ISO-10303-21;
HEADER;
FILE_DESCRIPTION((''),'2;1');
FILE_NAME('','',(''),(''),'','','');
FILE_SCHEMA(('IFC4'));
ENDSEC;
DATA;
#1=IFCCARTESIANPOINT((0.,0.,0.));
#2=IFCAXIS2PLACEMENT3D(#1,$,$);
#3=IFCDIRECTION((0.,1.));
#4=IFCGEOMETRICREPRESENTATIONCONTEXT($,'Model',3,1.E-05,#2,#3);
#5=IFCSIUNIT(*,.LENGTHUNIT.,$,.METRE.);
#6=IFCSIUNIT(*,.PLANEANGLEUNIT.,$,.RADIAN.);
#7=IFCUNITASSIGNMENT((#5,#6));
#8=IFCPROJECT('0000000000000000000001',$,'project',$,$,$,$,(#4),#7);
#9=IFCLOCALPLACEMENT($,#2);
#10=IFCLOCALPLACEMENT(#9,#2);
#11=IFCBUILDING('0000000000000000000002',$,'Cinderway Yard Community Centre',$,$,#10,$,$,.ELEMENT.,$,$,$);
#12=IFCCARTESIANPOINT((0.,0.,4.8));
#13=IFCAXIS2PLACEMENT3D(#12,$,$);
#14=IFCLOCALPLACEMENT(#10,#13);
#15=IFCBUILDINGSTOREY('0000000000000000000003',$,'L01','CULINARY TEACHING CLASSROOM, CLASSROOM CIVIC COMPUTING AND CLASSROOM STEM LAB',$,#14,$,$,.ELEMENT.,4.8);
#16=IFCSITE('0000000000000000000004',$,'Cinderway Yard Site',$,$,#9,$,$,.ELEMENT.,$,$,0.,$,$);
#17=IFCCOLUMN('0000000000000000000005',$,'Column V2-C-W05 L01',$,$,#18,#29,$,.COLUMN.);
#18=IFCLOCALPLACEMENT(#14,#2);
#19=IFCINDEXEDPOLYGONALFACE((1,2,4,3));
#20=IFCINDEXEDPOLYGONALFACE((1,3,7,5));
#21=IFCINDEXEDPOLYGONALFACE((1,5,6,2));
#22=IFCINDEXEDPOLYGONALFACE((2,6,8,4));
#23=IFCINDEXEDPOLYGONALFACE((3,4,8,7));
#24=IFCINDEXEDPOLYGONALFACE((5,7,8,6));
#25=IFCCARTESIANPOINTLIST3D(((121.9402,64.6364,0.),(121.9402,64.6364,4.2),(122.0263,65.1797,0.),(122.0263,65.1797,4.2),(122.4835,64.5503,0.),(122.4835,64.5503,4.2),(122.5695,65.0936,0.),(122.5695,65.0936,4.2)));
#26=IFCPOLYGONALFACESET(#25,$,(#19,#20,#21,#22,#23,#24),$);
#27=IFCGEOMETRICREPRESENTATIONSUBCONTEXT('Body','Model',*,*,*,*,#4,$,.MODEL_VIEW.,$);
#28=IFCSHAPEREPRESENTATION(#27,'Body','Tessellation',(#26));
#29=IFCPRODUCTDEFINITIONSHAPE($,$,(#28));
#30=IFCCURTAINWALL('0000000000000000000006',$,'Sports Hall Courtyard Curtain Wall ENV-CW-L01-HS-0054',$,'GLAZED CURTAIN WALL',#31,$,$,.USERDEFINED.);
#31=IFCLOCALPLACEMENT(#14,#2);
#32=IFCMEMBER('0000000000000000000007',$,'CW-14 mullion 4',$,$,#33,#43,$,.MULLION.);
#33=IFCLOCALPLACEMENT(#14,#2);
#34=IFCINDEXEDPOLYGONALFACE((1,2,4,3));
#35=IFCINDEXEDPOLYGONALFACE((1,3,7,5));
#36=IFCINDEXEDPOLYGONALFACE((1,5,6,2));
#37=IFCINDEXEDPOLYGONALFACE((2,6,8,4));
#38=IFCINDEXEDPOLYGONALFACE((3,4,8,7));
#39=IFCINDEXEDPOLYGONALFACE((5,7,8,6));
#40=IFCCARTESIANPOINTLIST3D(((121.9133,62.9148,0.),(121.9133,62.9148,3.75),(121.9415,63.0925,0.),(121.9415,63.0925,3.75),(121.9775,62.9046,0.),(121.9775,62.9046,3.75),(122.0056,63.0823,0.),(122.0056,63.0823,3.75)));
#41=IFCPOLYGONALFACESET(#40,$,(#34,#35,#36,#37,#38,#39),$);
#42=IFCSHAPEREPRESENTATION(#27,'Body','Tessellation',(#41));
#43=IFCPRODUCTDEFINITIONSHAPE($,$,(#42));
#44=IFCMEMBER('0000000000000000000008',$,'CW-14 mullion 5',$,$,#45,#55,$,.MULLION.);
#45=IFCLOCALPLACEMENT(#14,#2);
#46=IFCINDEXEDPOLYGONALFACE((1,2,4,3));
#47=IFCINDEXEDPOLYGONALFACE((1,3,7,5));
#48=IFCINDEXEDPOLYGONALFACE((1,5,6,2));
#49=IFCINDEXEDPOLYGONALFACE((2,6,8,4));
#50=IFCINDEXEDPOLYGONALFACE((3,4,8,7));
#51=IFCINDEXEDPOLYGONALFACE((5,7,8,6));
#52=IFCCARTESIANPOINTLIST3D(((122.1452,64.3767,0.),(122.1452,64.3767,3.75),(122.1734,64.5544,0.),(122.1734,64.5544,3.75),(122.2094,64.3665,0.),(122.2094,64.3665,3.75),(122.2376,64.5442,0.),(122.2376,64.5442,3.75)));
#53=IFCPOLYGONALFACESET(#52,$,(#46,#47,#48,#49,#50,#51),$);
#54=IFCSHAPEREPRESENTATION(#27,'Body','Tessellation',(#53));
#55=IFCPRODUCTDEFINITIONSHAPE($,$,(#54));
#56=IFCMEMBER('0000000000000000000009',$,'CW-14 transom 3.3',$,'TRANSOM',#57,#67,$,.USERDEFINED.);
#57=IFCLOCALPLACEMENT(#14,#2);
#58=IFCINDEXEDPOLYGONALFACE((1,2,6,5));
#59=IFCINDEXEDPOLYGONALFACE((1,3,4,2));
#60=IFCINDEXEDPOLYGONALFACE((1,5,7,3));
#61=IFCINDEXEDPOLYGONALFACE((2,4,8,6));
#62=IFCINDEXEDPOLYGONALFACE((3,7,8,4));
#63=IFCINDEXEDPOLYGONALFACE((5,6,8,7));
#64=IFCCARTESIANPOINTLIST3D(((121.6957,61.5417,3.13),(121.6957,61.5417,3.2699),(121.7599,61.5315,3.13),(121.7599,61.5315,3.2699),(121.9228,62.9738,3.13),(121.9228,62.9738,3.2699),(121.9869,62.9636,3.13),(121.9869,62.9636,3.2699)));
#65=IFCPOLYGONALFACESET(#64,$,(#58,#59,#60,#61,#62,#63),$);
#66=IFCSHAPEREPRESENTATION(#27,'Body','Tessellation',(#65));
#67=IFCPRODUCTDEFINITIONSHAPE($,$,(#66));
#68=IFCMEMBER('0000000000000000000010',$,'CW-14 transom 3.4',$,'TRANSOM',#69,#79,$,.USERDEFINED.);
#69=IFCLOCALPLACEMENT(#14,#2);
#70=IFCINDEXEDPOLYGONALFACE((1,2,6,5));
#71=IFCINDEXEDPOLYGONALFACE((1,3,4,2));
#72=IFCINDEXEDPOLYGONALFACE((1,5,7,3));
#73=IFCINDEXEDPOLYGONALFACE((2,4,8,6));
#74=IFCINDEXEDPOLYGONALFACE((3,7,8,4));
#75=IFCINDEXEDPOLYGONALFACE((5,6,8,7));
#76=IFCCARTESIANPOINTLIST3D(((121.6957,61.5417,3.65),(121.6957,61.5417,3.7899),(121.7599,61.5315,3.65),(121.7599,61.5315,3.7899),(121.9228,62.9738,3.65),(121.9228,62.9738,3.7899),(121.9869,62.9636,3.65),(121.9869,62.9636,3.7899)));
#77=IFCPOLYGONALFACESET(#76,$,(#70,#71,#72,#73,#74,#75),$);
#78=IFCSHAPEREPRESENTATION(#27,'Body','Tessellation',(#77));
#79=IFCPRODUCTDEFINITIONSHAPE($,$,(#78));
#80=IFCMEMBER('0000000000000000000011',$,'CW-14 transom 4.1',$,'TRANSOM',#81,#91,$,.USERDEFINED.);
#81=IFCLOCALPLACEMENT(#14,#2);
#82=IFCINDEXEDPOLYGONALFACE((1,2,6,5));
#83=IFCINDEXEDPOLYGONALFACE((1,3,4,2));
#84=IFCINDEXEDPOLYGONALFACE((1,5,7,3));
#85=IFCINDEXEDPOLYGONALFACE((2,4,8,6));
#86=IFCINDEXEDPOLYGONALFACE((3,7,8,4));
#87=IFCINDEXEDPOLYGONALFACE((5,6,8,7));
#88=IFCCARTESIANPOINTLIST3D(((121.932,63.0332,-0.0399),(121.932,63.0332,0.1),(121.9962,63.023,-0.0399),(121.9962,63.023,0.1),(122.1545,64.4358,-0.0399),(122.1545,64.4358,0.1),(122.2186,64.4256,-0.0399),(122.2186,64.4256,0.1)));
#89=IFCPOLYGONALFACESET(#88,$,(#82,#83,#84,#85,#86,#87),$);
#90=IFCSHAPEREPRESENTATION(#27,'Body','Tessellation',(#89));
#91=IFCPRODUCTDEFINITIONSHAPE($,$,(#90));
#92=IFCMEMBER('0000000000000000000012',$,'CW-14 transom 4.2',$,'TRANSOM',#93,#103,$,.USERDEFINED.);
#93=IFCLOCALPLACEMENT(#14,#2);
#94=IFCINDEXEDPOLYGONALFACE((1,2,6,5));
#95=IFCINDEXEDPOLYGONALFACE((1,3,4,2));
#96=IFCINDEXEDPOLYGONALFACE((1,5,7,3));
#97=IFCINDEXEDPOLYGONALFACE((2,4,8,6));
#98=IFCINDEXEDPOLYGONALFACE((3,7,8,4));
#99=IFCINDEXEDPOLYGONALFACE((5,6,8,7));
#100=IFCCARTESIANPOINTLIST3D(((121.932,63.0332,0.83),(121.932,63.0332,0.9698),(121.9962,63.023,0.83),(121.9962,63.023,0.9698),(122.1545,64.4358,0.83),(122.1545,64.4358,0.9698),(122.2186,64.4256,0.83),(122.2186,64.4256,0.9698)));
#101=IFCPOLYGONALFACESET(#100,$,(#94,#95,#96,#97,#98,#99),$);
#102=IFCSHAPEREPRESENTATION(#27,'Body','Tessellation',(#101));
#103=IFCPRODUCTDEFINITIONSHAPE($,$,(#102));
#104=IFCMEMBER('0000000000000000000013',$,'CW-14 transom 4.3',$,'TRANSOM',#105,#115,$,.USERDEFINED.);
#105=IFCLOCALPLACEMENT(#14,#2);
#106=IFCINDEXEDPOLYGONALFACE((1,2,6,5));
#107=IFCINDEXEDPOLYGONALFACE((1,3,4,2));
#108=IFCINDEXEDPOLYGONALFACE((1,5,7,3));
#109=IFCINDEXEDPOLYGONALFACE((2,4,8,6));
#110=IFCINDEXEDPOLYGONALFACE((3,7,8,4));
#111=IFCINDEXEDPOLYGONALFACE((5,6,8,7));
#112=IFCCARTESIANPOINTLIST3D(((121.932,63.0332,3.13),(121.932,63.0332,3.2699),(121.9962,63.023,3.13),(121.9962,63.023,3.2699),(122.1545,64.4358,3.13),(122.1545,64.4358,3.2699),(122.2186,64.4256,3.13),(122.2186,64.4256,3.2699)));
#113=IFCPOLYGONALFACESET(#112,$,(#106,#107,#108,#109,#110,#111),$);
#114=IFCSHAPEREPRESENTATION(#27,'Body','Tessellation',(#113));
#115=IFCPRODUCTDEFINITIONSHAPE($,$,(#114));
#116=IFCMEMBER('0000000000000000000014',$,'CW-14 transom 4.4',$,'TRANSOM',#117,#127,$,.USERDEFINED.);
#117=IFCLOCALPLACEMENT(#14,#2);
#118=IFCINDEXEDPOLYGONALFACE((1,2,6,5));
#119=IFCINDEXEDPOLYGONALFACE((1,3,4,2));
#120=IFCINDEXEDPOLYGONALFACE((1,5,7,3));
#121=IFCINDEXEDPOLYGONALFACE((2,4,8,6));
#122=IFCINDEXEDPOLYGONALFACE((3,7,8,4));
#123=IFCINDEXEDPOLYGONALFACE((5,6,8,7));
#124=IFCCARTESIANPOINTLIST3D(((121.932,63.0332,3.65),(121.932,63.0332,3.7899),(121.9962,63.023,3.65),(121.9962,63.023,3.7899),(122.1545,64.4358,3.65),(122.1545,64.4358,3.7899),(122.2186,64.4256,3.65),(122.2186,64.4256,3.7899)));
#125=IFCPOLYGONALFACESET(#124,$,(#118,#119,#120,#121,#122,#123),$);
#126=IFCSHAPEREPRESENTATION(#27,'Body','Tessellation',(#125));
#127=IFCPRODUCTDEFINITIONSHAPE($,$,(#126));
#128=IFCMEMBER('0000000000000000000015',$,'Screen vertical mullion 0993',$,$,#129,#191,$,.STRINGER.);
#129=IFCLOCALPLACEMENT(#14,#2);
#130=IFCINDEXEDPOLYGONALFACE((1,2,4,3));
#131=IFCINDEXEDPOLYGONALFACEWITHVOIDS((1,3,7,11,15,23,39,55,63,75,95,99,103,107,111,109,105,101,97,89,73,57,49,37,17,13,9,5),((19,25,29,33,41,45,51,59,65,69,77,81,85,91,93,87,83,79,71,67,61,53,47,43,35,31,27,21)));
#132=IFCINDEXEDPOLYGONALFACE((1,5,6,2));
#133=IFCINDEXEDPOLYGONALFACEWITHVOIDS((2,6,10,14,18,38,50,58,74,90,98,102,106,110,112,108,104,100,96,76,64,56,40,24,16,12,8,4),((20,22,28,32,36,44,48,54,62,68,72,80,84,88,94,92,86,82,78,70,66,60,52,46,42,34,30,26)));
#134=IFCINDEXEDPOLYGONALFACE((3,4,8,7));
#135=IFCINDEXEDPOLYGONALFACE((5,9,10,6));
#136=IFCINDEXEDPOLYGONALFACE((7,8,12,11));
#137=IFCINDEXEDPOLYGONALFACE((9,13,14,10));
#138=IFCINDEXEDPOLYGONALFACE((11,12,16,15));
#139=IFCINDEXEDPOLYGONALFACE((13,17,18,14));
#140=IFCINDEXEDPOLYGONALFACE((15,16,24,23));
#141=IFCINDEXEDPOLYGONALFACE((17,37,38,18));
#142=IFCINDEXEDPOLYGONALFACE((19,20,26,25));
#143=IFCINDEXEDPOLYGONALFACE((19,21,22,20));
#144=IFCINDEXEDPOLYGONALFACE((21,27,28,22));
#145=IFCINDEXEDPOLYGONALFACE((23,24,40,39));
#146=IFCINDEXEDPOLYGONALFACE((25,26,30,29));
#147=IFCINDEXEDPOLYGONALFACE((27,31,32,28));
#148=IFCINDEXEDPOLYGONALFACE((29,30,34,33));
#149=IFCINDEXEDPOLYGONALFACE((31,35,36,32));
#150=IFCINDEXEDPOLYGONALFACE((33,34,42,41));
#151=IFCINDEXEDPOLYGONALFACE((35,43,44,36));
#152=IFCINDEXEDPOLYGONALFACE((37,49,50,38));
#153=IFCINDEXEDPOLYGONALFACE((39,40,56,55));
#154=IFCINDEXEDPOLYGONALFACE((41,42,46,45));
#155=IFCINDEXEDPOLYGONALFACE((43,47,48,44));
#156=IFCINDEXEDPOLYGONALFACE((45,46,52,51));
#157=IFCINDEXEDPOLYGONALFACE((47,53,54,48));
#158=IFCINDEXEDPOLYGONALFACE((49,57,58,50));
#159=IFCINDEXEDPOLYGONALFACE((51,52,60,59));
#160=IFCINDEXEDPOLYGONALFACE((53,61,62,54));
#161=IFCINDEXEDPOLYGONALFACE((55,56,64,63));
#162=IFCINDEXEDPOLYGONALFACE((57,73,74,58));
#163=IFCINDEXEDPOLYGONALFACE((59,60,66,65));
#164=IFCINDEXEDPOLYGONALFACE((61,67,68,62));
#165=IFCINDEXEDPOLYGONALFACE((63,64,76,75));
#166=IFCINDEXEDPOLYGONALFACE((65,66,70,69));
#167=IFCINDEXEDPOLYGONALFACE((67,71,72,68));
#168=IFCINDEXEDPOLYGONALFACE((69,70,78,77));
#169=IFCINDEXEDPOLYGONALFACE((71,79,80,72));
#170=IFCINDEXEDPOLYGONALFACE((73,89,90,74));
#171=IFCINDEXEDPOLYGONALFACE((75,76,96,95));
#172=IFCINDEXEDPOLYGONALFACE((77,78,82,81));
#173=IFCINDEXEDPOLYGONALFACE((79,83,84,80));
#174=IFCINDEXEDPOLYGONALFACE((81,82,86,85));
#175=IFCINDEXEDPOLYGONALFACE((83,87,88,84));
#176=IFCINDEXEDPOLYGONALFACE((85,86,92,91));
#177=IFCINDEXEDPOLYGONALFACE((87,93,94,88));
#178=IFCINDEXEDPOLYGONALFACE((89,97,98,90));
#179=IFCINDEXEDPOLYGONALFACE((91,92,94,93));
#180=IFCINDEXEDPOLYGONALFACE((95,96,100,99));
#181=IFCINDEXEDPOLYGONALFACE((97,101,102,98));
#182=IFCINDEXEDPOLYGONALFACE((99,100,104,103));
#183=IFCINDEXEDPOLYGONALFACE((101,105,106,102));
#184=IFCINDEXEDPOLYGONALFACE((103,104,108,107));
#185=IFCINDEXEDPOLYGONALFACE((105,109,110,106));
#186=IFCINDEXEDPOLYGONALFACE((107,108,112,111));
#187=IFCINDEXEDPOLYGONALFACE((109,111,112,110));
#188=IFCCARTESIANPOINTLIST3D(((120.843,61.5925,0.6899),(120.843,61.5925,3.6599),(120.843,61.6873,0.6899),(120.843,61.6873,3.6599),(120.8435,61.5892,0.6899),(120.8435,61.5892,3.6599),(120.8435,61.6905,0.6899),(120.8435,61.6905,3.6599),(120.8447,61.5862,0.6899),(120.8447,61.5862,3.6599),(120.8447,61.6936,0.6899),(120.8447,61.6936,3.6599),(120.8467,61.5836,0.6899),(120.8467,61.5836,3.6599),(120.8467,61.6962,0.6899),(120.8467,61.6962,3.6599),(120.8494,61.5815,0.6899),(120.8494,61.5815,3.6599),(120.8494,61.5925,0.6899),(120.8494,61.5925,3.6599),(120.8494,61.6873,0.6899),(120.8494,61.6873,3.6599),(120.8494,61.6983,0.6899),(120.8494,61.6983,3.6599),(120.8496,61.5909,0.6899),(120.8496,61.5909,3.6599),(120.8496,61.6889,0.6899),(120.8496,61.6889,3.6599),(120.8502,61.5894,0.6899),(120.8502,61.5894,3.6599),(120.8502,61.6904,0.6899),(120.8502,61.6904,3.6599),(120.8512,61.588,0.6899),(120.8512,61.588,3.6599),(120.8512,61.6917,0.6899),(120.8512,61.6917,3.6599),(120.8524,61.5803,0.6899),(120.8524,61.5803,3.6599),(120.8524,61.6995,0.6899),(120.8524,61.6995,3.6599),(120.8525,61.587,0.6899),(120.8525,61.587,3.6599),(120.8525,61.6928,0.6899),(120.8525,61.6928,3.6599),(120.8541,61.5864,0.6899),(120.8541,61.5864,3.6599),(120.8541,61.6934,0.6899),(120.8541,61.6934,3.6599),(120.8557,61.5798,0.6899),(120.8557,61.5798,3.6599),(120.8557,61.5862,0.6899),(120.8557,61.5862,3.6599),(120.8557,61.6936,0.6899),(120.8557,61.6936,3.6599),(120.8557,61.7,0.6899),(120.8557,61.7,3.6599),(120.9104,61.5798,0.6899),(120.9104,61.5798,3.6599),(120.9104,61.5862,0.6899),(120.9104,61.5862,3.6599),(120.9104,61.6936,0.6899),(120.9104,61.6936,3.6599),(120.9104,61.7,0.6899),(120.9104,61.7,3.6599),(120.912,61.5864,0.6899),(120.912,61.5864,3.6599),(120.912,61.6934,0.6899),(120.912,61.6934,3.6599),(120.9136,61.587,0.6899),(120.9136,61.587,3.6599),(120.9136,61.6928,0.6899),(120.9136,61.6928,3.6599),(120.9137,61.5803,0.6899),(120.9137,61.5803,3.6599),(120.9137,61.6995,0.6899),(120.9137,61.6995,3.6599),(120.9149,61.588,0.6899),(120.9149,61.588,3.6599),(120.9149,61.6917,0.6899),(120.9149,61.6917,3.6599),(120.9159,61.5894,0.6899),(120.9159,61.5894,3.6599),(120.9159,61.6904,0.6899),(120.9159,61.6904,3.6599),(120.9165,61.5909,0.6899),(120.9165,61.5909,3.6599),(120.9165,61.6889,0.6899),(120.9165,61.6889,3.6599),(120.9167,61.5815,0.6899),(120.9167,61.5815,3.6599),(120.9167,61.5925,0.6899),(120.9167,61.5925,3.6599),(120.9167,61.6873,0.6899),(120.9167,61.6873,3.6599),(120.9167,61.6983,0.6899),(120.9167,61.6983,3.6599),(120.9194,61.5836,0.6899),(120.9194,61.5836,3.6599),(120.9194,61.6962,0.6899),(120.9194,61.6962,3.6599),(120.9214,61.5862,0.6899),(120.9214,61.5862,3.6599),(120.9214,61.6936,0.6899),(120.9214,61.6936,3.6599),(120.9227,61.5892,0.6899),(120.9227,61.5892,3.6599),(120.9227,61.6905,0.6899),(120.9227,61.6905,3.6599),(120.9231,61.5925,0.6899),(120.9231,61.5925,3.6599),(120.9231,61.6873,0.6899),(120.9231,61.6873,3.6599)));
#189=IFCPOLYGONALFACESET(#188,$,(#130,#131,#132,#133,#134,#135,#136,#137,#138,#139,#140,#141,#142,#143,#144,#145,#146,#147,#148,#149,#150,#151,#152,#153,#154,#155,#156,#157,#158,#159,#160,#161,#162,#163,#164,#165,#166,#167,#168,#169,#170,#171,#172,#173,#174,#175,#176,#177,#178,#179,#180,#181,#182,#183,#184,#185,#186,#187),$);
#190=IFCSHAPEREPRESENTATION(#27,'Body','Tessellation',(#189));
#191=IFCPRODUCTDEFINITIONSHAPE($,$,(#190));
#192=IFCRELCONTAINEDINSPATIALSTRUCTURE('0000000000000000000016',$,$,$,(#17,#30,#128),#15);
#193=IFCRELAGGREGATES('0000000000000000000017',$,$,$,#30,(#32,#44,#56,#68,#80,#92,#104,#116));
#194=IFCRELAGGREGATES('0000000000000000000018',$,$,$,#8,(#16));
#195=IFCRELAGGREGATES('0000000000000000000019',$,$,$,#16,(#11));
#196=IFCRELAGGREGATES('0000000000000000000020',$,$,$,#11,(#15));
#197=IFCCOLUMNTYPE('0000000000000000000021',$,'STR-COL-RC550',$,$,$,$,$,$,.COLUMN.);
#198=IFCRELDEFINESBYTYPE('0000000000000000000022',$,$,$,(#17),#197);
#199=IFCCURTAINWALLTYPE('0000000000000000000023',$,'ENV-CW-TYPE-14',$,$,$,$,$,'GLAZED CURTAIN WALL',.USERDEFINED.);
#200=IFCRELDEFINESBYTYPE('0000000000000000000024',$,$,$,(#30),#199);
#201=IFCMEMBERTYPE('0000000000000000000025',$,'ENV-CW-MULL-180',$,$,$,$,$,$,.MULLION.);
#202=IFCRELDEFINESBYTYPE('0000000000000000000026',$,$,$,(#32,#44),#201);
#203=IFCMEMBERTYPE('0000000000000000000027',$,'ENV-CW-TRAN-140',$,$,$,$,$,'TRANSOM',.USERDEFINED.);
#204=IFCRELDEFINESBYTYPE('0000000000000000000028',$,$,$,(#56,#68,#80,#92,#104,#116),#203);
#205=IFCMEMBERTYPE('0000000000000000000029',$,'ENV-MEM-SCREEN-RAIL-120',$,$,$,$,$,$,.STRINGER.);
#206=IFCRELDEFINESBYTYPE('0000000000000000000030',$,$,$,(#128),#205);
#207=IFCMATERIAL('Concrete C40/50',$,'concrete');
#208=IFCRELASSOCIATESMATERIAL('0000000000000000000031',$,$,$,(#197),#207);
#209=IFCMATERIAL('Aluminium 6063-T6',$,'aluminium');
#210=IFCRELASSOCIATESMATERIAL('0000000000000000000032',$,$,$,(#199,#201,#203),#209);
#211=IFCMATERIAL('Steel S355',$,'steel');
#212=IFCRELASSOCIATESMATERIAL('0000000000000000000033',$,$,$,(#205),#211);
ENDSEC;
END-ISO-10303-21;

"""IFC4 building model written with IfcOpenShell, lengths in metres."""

from ifc_helpers import new_model, si_unit, direction, frame, origin, origin_2d, place, context, subcontext, project, spatial, rectangle, hollow_rectangle, extrude, material, material_profile, profile_set, type_object, element, aggregate, save


model = new_model("IFC4")

# Units and contexts
model_context = context("Model", 3, precision=1e-05, world=origin(), true_north=direction((0.0, 1.0)))
body_context = subcontext(model_context, "Body", "Model", "MODEL_VIEW")
ifc_project = project(units=[si_unit("LENGTHUNIT", "METRE"), si_unit("PLANEANGLEUNIT", "RADIAN")], contexts=[model_context])

# Site, building, storey
site_placement = place(None, origin())
site = spatial("IfcSite", under=ifc_project, at=site_placement, Name="Cinderway Yard Site", CompositionType="ELEMENT", RefElevation=0.0)
building_placement = place(site_placement, origin())
building = spatial("IfcBuilding", under=site, at=building_placement, Name="Cinderway Yard Community Centre", CompositionType="ELEMENT")
storey_placement = place(building_placement, frame((0.0, 0.0, 4.8)))
storey = spatial("IfcBuildingStorey", under=building, at=storey_placement, Name="L01", Description="CULINARY TEACHING CLASSROOM, CLASSROOM CIVIC COMPUTING AND CLASSROOM STEM LAB", CompositionType="ELEMENT", Elevation=4.8)

# Column
ifc_material_1 = material(Name="Concrete C40/50", Category="concrete")
ifc_material_profile_1 = material_profile(ifc_material_1, rectangle(XDim=0.55, YDim=0.55, at=origin_2d()), Name="Concrete C40/50")
ifc_profile_set_1 = profile_set([ifc_material_profile_1], Name="Concrete C40/50")
column_type = type_object("IfcColumnType", Name="STR-COL-RC550", PredefinedType="COLUMN", material=ifc_profile_set_1)
column_placement = place(storey_placement, frame((122.2549, 64.865, 0.0), z_axis=(0.0, 0.0, 1.0), x_axis=(0.987688, -0.156434, 0.0)))
element("IfcColumn", 1, at=column_placement, inside=storey, type_object=column_type, Name="Column V2-C-W05 L01", PredefinedType="COLUMN", context=body_context, shape_type="SweptSolid", body=[
    extrude(rectangle(XDim=0.55, YDim=0.55, at=origin_2d()), origin(), (0.0, 0.0, 1.0), 4.2),
])

# Curtain wall, members
ifc_material_2 = material(Name="Aluminium 6063-T6", Category="aluminium")
curtain_wall_type = type_object("IfcCurtainWallType", Name="ENV-CW-TYPE-14", ElementType="GLAZED CURTAIN WALL", PredefinedType="USERDEFINED", material=ifc_material_2)
curtain_wall_placement = place(storey_placement, origin())
curtain_wall = element("IfcCurtainWall", 2, at=curtain_wall_placement, inside=storey, type_object=curtain_wall_type, Name="Sports Hall Courtyard Curtain Wall ENV-CW-L01-HS-0054", ObjectType="GLAZED CURTAIN WALL", PredefinedType="USERDEFINED")
ifc_material_profile_2 = material_profile(ifc_material_2, rectangle(XDim=0.0649, YDim=0.1799, at=origin_2d()), Name="Aluminium 6063-T6")
ifc_profile_set_2 = profile_set([ifc_material_profile_2], Name="Aluminium 6063-T6")
member_type_1 = type_object("IfcMemberType", Name="ENV-CW-MULL-180", PredefinedType="MULLION", material=ifc_profile_set_2)
member_1_placement = place(storey_placement, frame((121.9595, 62.9985, 0.0), z_axis=(0.0, 0.0, 1.0), x_axis=(-0.987661, 0.156609, 0.0)))
member_1 = element("IfcMember", 3, at=member_1_placement, type_object=member_type_1, Name="CW-14 mullion 4", PredefinedType="MULLION", context=body_context, shape_type="SweptSolid", body=[
    extrude(rectangle(XDim=0.0649, YDim=0.1799, at=origin_2d()), origin(), (0.0, 0.0, 1.0), 3.75),
])
member_2_placement = place(storey_placement, frame((122.1914, 64.4604, 0.0), z_axis=(0.0, 0.0, 1.0), x_axis=(-0.987661, 0.156609, 0.0)))
member_2 = element("IfcMember", 4, at=member_2_placement, type_object=member_type_1, Name="CW-14 mullion 5", PredefinedType="MULLION", context=body_context, shape_type="SweptSolid", body=[
    extrude(rectangle(XDim=0.0649, YDim=0.1799, at=origin_2d()), origin(), (0.0, 0.0, 1.0), 3.75),
])
ifc_material_profile_3 = material_profile(ifc_material_2, rectangle(XDim=0.0649, YDim=0.1399, at=origin_2d()), Name="Aluminium 6063-T6")
ifc_profile_set_3 = profile_set([ifc_material_profile_3], Name="Aluminium 6063-T6")
member_type_2 = type_object("IfcMemberType", Name="ENV-CW-TRAN-140", ElementType="TRANSOM", PredefinedType="USERDEFINED", material=ifc_profile_set_3)
member_3_placement = place(storey_placement, frame((121.7278, 61.5366, 3.2), z_axis=(0.156585, 0.987664, 0.0), x_axis=(-0.987664, 0.156585, 0.0)))
member_3 = element("IfcMember", 5, at=member_3_placement, type_object=member_type_2, Name="CW-14 transom 3.3", ObjectType="TRANSOM", PredefinedType="USERDEFINED", context=body_context, shape_type="SweptSolid", body=[
    extrude(rectangle(XDim=0.0649, YDim=0.1399, at=origin_2d()), origin(), (0.0, 0.0, 1.0), 1.45),
])
member_4_placement = place(storey_placement, frame((121.7278, 61.5366, 3.72), z_axis=(0.156585, 0.987664, 0.0), x_axis=(-0.987664, 0.156585, 0.0)))
member_4 = element("IfcMember", 6, at=member_4_placement, type_object=member_type_2, Name="CW-14 transom 3.4", ObjectType="TRANSOM", PredefinedType="USERDEFINED", context=body_context, shape_type="SweptSolid", body=[
    extrude(rectangle(XDim=0.0649, YDim=0.1399, at=origin_2d()), origin(), (0.0, 0.0, 1.0), 1.45),
])
member_5_placement = place(storey_placement, frame((121.9641, 63.0281, 0.03), z_axis=(0.156616, 0.98766, 0.0), x_axis=(-0.98766, 0.156616, 0.0)))
member_5 = element("IfcMember", 7, at=member_5_placement, type_object=member_type_2, Name="CW-14 transom 4.1", ObjectType="TRANSOM", PredefinedType="USERDEFINED", context=body_context, shape_type="SweptSolid", body=[
    extrude(rectangle(XDim=0.0649, YDim=0.1399, at=origin_2d()), origin(), (0.0, 0.0, 1.0), 1.4202),
])
member_6_placement = place(storey_placement, frame((121.9641, 63.0281, 0.8999), z_axis=(0.156616, 0.98766, 0.0), x_axis=(-0.98766, 0.156616, 0.0)))
member_6 = element("IfcMember", 8, at=member_6_placement, type_object=member_type_2, Name="CW-14 transom 4.2", ObjectType="TRANSOM", PredefinedType="USERDEFINED", context=body_context, shape_type="SweptSolid", body=[
    extrude(rectangle(XDim=0.0649, YDim=0.1399, at=origin_2d()), origin(), (0.0, 0.0, 1.0), 1.4202),
])
member_7_placement = place(storey_placement, frame((121.9641, 63.0281, 3.2), z_axis=(0.156616, 0.98766, 0.0), x_axis=(-0.98766, 0.156616, 0.0)))
member_7 = element("IfcMember", 9, at=member_7_placement, type_object=member_type_2, Name="CW-14 transom 4.3", ObjectType="TRANSOM", PredefinedType="USERDEFINED", context=body_context, shape_type="SweptSolid", body=[
    extrude(rectangle(XDim=0.0649, YDim=0.1399, at=origin_2d()), origin(), (0.0, 0.0, 1.0), 1.4202),
])
member_8_placement = place(storey_placement, frame((121.9641, 63.0281, 3.72), z_axis=(0.156616, 0.98766, 0.0), x_axis=(-0.98766, 0.156616, 0.0)))
member_8 = element("IfcMember", 10, at=member_8_placement, type_object=member_type_2, Name="CW-14 transom 4.4", ObjectType="TRANSOM", PredefinedType="USERDEFINED", context=body_context, shape_type="SweptSolid", body=[
    extrude(rectangle(XDim=0.0649, YDim=0.1399, at=origin_2d()), origin(), (0.0, 0.0, 1.0), 1.4202),
])

# Member
ifc_material_3 = material(Name="Steel S355", Category="steel")
ifc_material_profile_4 = material_profile(ifc_material_3, hollow_rectangle(XDim=0.0801, YDim=0.1201, WallThickness=0.0063, InnerFilletRadius=0.0063, OuterFilletRadius=0.0127, at=origin_2d()), Name="Steel S355")
ifc_profile_set_4 = profile_set([ifc_material_profile_4], Name="Steel S355")
member_type_3 = type_object("IfcMemberType", Name="ENV-MEM-SCREEN-RAIL-120", PredefinedType="STRINGER", material=ifc_profile_set_4)
for number, where, z_axis, x_axis, name in (
    (11, (120.8831, 61.6399, 0.6899), (0.0, 0.0, 1.0), (1.0, 0.0, 0.0), "Screen vertical mullion 0993"),
):
    element("IfcMember", number, at=place(storey_placement, frame(where, z_axis=z_axis, x_axis=x_axis)), inside=storey, type_object=member_type_3, Name=name, PredefinedType="STRINGER", context=body_context, shape_type="SweptSolid", body=[
        extrude(hollow_rectangle(XDim=0.0801, YDim=0.1201, WallThickness=0.0063, InnerFilletRadius=0.0063, OuterFilletRadius=0.0127, at=origin_2d()), origin(), (0.0, 0.0, 1.0), 2.97),
    ])

aggregate(curtain_wall, [member_1, member_2, member_3, member_4, member_5, member_6, member_7, member_8])

save(model, "model.ifc")
